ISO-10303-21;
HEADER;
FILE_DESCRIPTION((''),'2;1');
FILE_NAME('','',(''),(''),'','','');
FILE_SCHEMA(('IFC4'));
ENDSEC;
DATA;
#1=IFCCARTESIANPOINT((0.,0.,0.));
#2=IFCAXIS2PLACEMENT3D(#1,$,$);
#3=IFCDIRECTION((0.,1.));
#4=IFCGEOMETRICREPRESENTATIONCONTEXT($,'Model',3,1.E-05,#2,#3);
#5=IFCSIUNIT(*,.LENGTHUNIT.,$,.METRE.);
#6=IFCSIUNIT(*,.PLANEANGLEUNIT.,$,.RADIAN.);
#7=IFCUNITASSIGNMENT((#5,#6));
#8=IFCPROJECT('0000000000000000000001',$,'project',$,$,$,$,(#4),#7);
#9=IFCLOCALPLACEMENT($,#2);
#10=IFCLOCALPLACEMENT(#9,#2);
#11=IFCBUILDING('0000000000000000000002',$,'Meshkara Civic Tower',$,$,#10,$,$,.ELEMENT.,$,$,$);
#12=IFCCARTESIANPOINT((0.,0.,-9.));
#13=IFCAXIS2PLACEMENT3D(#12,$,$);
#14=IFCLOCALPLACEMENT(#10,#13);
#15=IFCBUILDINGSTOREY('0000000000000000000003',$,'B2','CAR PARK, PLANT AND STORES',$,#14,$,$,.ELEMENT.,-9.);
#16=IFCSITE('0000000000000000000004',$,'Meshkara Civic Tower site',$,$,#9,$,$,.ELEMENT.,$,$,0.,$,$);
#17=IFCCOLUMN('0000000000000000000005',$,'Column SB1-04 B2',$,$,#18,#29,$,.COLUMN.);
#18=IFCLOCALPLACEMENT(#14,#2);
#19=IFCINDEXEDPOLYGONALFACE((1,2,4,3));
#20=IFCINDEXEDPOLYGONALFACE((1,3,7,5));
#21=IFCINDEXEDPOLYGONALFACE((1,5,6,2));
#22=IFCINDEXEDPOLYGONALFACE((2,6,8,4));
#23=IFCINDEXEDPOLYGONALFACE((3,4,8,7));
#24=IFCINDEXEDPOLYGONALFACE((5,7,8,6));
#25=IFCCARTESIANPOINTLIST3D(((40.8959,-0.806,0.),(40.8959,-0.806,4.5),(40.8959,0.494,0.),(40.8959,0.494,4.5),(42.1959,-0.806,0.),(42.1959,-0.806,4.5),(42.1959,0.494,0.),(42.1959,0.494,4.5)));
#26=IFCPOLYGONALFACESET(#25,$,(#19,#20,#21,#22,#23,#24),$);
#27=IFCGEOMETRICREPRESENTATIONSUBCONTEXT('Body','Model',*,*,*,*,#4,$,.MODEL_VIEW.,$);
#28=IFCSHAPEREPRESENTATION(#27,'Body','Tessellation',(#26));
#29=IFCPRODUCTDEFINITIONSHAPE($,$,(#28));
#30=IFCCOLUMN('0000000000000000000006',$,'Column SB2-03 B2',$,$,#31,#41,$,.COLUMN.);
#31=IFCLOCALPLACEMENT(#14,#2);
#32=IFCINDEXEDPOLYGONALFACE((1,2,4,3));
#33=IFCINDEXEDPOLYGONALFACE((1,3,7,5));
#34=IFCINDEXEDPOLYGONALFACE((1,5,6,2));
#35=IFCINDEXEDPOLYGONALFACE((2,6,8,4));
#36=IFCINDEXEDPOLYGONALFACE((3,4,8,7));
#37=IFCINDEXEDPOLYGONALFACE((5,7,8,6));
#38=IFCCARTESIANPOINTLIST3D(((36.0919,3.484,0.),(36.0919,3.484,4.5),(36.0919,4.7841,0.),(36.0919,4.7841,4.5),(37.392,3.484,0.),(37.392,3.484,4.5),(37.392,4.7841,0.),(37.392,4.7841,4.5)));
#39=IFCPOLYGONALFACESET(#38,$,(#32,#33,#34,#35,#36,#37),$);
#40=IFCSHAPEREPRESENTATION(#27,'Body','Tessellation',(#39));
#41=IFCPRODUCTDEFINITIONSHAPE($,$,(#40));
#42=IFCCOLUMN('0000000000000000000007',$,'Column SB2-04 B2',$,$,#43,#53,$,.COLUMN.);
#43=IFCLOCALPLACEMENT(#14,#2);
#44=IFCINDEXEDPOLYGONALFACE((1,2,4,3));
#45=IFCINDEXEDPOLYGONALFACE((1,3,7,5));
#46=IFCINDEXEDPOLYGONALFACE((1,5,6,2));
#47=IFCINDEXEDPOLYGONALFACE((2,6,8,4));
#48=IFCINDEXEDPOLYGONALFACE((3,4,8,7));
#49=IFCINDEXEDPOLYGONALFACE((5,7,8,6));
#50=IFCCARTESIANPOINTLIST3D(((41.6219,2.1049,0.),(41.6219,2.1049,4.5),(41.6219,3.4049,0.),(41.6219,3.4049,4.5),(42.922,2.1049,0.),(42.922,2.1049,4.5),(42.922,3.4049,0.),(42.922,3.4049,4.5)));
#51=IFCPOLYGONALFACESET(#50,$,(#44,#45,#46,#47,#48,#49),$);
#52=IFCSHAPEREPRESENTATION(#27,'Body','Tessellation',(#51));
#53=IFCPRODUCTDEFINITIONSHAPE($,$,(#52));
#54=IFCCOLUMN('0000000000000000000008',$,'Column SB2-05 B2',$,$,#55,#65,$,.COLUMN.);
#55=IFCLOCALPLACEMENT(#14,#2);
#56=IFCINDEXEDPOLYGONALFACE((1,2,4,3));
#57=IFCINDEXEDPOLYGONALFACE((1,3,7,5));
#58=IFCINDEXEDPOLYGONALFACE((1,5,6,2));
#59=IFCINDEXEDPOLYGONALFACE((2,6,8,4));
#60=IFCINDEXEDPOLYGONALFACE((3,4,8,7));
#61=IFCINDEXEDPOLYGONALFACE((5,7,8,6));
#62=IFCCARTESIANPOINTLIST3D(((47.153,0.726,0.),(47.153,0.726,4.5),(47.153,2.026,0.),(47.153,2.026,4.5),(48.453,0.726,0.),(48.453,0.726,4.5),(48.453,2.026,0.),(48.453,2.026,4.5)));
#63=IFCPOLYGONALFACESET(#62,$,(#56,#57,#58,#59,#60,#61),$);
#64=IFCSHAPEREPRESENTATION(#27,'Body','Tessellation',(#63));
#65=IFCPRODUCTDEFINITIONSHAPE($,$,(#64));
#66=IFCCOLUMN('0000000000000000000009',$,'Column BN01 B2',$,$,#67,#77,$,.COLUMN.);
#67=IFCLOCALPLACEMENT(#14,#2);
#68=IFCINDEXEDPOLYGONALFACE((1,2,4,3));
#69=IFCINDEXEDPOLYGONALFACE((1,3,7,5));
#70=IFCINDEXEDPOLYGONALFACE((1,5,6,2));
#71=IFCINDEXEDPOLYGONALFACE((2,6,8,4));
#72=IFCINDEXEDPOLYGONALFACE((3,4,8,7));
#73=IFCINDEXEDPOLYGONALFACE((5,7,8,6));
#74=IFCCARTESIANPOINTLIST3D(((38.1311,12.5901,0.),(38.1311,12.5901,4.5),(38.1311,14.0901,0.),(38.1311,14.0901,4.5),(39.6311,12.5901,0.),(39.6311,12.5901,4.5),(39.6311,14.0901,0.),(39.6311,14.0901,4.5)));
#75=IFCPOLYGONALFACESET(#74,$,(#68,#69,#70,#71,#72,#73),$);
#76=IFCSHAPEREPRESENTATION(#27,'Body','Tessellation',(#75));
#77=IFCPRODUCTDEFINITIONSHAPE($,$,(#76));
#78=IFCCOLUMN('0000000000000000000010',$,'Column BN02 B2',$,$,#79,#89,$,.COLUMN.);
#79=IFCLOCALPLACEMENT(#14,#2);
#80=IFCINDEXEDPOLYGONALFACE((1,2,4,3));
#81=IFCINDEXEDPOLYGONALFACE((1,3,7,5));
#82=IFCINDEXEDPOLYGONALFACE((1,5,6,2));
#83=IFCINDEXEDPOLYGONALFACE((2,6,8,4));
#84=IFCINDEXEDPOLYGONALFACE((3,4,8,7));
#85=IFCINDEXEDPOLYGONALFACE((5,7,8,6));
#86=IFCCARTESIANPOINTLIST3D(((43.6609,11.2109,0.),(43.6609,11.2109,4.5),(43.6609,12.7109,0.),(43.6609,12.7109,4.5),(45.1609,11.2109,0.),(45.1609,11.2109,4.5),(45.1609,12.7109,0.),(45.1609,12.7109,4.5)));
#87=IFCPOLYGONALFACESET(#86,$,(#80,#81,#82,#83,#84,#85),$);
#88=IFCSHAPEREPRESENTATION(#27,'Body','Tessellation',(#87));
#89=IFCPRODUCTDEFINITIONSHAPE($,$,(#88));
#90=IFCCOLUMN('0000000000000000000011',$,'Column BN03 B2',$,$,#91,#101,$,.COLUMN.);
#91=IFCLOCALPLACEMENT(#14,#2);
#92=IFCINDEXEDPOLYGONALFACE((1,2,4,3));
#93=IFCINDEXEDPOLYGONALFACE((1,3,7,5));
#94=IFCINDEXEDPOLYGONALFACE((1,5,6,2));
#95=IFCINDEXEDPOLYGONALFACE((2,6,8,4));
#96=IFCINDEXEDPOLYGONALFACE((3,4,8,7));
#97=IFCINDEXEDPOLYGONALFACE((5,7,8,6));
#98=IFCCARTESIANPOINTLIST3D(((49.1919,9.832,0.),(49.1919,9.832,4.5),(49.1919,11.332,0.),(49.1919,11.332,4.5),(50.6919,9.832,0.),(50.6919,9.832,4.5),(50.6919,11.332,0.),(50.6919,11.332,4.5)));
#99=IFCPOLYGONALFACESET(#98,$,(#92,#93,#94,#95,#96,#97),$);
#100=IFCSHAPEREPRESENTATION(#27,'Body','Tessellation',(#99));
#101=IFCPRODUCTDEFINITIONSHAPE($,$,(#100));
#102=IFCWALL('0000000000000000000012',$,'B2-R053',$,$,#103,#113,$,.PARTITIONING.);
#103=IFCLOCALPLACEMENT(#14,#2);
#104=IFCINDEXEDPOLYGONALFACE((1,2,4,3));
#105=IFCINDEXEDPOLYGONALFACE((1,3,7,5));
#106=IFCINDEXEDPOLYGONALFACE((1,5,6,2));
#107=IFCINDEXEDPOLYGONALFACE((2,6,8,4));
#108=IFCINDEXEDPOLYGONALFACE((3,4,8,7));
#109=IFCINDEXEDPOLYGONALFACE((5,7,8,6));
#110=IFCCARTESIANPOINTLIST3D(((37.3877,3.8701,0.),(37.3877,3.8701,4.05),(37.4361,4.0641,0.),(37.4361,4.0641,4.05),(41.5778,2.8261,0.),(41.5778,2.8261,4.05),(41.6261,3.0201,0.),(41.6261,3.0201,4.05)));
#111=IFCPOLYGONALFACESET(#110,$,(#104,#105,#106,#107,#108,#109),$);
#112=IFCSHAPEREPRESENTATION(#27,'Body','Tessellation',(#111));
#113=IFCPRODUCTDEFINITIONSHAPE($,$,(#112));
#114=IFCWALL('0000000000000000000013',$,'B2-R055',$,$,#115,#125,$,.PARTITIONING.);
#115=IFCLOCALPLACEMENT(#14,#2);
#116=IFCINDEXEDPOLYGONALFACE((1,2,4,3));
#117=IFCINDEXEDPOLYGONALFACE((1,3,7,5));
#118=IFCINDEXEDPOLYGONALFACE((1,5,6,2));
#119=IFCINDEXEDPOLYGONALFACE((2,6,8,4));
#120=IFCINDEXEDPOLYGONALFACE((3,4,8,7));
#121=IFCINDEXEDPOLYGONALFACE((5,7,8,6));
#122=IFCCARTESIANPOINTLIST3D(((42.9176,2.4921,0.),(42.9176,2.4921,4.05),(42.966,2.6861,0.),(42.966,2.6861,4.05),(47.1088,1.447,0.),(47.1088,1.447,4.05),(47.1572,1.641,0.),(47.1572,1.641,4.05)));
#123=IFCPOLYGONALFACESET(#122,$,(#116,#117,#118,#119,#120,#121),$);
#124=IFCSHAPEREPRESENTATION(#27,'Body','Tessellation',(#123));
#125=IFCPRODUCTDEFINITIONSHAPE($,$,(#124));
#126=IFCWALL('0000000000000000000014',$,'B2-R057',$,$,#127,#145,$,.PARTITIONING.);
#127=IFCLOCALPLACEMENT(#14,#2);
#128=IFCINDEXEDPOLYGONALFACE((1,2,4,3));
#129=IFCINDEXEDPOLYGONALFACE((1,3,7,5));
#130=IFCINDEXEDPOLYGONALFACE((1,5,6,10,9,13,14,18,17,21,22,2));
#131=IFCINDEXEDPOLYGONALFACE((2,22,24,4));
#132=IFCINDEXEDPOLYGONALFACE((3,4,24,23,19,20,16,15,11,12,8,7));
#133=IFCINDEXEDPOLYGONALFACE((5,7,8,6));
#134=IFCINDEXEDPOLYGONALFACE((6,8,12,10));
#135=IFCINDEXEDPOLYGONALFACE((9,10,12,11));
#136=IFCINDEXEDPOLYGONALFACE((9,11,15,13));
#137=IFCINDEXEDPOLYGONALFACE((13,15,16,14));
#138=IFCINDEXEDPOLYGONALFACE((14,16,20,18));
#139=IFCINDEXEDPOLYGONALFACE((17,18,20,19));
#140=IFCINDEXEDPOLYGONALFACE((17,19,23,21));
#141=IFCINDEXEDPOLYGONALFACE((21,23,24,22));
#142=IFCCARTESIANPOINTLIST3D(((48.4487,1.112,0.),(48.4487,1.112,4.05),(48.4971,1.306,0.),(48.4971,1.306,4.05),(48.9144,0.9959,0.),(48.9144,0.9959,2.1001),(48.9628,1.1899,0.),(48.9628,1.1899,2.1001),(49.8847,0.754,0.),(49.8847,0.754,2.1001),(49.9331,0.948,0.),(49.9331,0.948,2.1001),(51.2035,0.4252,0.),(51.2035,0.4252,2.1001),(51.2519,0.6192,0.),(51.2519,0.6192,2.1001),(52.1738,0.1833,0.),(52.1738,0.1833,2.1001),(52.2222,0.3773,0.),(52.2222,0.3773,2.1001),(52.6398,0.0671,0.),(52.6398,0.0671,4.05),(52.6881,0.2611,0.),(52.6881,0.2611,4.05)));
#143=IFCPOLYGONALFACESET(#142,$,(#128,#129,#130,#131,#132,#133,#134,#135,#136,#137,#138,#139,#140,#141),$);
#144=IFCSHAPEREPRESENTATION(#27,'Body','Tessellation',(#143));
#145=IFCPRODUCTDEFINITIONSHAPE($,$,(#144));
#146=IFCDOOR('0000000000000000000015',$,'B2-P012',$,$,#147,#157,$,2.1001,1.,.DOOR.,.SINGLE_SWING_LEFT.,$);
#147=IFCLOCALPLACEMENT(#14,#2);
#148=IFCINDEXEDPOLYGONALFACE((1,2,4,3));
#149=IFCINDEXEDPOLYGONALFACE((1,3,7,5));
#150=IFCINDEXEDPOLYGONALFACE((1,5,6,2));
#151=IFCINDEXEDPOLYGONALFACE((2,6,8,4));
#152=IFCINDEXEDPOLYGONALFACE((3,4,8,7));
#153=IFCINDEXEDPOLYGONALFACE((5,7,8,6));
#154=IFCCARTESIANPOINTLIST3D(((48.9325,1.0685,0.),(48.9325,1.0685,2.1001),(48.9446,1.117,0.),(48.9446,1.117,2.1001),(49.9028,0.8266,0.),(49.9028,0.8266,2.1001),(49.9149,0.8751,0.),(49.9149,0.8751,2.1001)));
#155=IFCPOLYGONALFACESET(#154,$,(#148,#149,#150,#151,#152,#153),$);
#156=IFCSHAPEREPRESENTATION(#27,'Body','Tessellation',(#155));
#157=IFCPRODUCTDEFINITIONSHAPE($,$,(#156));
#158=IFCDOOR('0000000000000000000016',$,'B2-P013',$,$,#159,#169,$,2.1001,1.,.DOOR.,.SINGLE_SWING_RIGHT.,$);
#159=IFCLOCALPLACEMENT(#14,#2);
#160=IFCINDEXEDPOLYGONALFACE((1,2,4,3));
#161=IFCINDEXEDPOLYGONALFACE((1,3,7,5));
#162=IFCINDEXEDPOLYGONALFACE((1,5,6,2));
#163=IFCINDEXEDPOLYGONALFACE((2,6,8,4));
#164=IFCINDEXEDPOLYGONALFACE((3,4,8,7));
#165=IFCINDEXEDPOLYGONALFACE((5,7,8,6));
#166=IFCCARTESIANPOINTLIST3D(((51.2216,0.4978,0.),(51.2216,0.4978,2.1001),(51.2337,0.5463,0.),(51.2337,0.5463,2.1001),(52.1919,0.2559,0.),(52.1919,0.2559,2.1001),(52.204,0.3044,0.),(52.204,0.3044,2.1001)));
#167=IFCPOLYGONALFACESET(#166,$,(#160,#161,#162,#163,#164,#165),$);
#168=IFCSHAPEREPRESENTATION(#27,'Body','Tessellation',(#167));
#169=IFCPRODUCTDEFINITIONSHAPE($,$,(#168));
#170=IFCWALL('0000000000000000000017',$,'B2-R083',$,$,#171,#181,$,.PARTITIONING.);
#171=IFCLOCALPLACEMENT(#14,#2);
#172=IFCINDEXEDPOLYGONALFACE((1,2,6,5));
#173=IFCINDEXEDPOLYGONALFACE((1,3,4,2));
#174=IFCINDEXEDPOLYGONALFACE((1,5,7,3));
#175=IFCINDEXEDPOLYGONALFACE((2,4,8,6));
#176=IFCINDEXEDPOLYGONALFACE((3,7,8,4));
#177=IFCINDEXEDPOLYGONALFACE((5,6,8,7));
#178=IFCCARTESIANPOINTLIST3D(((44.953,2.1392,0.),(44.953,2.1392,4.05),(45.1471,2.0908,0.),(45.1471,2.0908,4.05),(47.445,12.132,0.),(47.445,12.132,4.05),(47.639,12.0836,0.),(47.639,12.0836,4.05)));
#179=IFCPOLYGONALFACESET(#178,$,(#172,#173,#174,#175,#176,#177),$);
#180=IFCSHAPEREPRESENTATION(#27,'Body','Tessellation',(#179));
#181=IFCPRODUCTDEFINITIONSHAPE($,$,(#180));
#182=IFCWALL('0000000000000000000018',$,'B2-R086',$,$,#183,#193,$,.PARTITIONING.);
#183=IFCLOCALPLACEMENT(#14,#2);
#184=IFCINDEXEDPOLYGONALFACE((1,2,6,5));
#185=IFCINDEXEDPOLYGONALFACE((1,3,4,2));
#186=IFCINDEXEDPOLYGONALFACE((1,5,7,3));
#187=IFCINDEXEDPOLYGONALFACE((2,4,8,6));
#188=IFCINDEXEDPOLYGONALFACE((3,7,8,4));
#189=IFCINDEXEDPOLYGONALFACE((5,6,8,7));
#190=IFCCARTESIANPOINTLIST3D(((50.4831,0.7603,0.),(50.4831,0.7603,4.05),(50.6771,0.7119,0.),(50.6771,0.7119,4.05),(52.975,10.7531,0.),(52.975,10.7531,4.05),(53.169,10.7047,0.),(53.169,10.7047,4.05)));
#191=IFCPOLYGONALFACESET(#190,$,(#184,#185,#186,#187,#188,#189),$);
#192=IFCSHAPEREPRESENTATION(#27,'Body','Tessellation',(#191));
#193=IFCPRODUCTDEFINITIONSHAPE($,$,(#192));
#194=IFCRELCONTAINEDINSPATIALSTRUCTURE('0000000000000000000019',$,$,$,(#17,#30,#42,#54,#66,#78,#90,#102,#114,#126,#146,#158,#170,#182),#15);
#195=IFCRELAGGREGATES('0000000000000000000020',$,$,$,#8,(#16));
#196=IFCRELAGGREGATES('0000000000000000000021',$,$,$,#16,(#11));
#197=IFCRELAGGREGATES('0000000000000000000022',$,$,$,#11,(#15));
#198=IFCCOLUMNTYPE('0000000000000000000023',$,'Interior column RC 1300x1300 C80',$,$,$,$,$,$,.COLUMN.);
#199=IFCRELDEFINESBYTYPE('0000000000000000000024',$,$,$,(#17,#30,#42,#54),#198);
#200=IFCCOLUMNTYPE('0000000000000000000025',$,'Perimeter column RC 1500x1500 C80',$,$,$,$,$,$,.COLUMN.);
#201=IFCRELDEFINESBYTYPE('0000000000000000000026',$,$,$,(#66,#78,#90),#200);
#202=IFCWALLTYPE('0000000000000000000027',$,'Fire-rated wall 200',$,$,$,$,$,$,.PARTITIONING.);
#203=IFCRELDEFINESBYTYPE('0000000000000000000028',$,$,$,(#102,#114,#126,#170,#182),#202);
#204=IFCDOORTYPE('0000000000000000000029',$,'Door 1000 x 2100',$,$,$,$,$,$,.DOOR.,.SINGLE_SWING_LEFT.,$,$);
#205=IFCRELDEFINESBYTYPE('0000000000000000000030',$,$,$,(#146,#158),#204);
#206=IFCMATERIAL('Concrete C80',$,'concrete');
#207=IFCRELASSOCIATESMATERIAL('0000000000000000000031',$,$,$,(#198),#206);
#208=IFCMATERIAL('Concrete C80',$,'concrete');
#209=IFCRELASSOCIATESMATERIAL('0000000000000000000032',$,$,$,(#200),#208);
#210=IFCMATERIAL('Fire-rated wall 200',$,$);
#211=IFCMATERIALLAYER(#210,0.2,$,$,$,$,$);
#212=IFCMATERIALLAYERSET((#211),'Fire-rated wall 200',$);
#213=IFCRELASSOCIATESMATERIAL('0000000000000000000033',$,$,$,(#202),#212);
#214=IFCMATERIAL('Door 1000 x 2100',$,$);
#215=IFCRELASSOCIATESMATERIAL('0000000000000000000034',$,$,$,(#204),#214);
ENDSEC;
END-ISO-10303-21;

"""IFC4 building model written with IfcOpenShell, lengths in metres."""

from ifc_helpers import new_model, si_unit, direction, frame, frame_2d, origin, origin_2d, place, context, subcontext, project, spatial, rectangle, extrude, material, layer, layer_set, material_profile, profile_set, type_object, element, fill, save


model = new_model("IFC4")

# Units and contexts
model_context = context("Model", 3, precision=1e-05, world=origin(), true_north=direction((0.0, 1.0)))
body_context = subcontext(model_context, "Body", "Model", "MODEL_VIEW")
ifc_project = project(units=[si_unit("LENGTHUNIT", "METRE"), si_unit("PLANEANGLEUNIT", "RADIAN")], contexts=[model_context])

# Site, building, storey
site_placement = place(None, origin())
site = spatial("IfcSite", under=ifc_project, at=site_placement, Name="Meshkara Civic Tower site", CompositionType="ELEMENT", RefElevation=0.0)
building_placement = place(site_placement, origin())
building = spatial("IfcBuilding", under=site, at=building_placement, Name="Meshkara Civic Tower", CompositionType="ELEMENT")
storey_placement = place(building_placement, frame((0.0, 0.0, -9.0)))
storey = spatial("IfcBuildingStorey", under=building, at=storey_placement, Name="B2", Description="CAR PARK, PLANT AND STORES", CompositionType="ELEMENT", Elevation=-9.0)

# Columns
ifc_material_1 = material(Name="Concrete C80", Category="concrete")
ifc_material_profile_1 = material_profile(ifc_material_1, rectangle(XDim=1.3, YDim=1.3, at=origin_2d()))
ifc_profile_set_1 = profile_set([ifc_material_profile_1], Name="Concrete C80")
column_type_1 = type_object("IfcColumnType", Name="Interior column RC 1300x1300 C80", PredefinedType="COLUMN", material=ifc_profile_set_1)
for number, where, z_axis, x_axis, name in (
    (1, (41.5459, -0.156, 0.0), (0.0, 0.0, 1.0), (1.0, 0.0, 0.0), "Column SB1-04 B2"),
    (2, (36.7419, 4.134, 0.0), (0.0, 0.0, 1.0), (1.0, 0.0, 0.0), "Column SB2-03 B2"),
    (3, (42.272, 2.7549, 0.0), (0.0, 0.0, 1.0), (1.0, 0.0, 0.0), "Column SB2-04 B2"),
    (4, (47.803, 1.376, 0.0), (0.0, 0.0, 1.0), (1.0, 0.0, 0.0), "Column SB2-05 B2"),
):
    element("IfcColumn", number, at=place(storey_placement, frame(where, z_axis=z_axis, x_axis=x_axis)), inside=storey, type_object=column_type_1, Name=name, PredefinedType="COLUMN", context=body_context, shape_type="SweptSolid", body=[
        extrude(rectangle(XDim=1.3, YDim=1.3, at=origin_2d()), origin(), (0.0, 0.0, 1.0), 4.5),
    ])
ifc_material_2 = material(Name="Concrete C80", Category="concrete")
ifc_material_profile_2 = material_profile(ifc_material_2, rectangle(XDim=1.5, YDim=1.5, at=origin_2d()))
ifc_profile_set_2 = profile_set([ifc_material_profile_2], Name="Concrete C80")
column_type_2 = type_object("IfcColumnType", Name="Perimeter column RC 1500x1500 C80", PredefinedType="COLUMN", material=ifc_profile_set_2)
for number, where, z_axis, x_axis, name in (
    (5, (38.8811, 13.3401, 0.0), (0.0, 0.0, 1.0), (1.0, 0.0, 0.0), "Column BN01 B2"),
    (6, (44.4109, 11.9609, 0.0), (0.0, 0.0, 1.0), (1.0, 0.0, 0.0), "Column BN02 B2"),
    (7, (49.9419, 10.582, 0.0), (0.0, 0.0, 1.0), (1.0, 0.0, 0.0), "Column BN03 B2"),
):
    element("IfcColumn", number, at=place(storey_placement, frame(where, z_axis=z_axis, x_axis=x_axis)), inside=storey, type_object=column_type_2, Name=name, PredefinedType="COLUMN", context=body_context, shape_type="SweptSolid", body=[
        extrude(rectangle(XDim=1.5, YDim=1.5, at=origin_2d()), origin(), (0.0, 0.0, 1.0), 4.5),
    ])

# Walls
ifc_material_3 = material(Name="Fire-rated wall 200")
ifc_layer = layer(ifc_material_3, 0.2)
ifc_layer_set = layer_set([ifc_layer], Name="Fire-rated wall 200")
wall_type = type_object("IfcWallType", Name="Fire-rated wall 200", PredefinedType="PARTITIONING", material=ifc_layer_set)
wall_1_placement = place(storey_placement, frame((41.6021, 2.9231, 0.0), z_axis=(0.0, 0.0, 1.0), x_axis=(-0.970335, 0.241764, 0.0)))
element("IfcWall", 8, at=wall_1_placement, inside=storey, type_object=wall_type, Name="B2-R053", PredefinedType="PARTITIONING", context=body_context, shape_type="SweptSolid", body=[
    extrude(rectangle(XDim=4.3181, YDim=0.2, at=frame_2d((2.1592, 0.0))), origin(), (0.0, 0.0, 1.0), 4.05),
])
wall_2_placement = place(storey_placement, frame((42.9419, 2.5891, 0.0), z_axis=(0.0, 0.0, 1.0), x_axis=(0.970285, -0.241964, 0.0)))
element("IfcWall", 9, at=wall_2_placement, inside=storey, type_object=wall_type, Name="B2-R055", PredefinedType="PARTITIONING", context=body_context, shape_type="SweptSolid", body=[
    extrude(rectangle(XDim=4.3196, YDim=0.2, at=frame_2d((2.1597, 0.0))), origin(), (0.0, 0.0, 1.0), 4.05),
])

# Wall, openings, doors
wall_3_placement = place(storey_placement, frame((48.4729, 1.209, 0.0), z_axis=(0.0, 0.0, 1.0), x_axis=(0.970299, -0.241911, 0.0)))
wall_3 = element("IfcWall", 10, at=wall_3_placement, inside=storey, type_object=wall_type, Name="B2-R057", PredefinedType="PARTITIONING", context=body_context, shape_type="SweptSolid", body=[
    extrude(rectangle(XDim=4.3193, YDim=0.2, at=frame_2d((2.1597, 0.0))), origin(), (0.0, 0.0, 1.0), 4.05),
])
opening_1_placement = place(wall_3_placement, frame((0.48, 0.0, 0.0)))
opening_1 = element("IfcOpeningElement", 11, at=opening_1_placement, cuts=wall_3, PredefinedType="OPENING", context=body_context, shape_type="SweptSolid", body=[
    extrude(rectangle(XDim=1.0, YDim=2.1001, at=frame_2d((0.5, 1.05))), frame((0.0, 0.1099, 0.0), z_axis=(0.0, -1.0, 0.0), x_axis=(1.0, 0.0, 0.0)), (0.0, 0.0, 1.0), 0.22),
])
opening_2_placement = place(wall_3_placement, frame((2.8391, 0.0, 0.0)))
opening_2 = element("IfcOpeningElement", 12, at=opening_2_placement, cuts=wall_3, PredefinedType="OPENING", context=body_context, shape_type="SweptSolid", body=[
    extrude(rectangle(XDim=1.0, YDim=2.1001, at=frame_2d((0.5, 1.05))), frame((0.0, 0.1099, 0.0), z_axis=(0.0, -1.0, 0.0), x_axis=(1.0, 0.0, 0.0)), (0.0, 0.0, 1.0), 0.22),
])
ifc_material_4 = material(Name="Door 1000 x 2100")
door_type = type_object("IfcDoorType", Name="Door 1000 x 2100", OperationType="SINGLE_SWING_LEFT", PredefinedType="DOOR", material=ifc_material_4)
door_1_placement = place(opening_1_placement, origin())
door_1 = element("IfcDoor", 13, at=door_1_placement, inside=storey, type_object=door_type, Name="B2-P012", OperationType="SINGLE_SWING_LEFT", OverallHeight=2.1001, OverallWidth=1.0, PredefinedType="DOOR", context=body_context, shape_type="SweptSolid", body=[
    extrude(rectangle(XDim=1.0, YDim=2.1001, at=frame_2d((0.5, 1.05))), frame((0.0, 0.0249, 0.0), z_axis=(0.0, -1.0, 0.0), x_axis=(1.0, 0.0, 0.0)), (0.0, 0.0, 1.0), 0.05),
])
fill(opening_1, door_1)
door_2_placement = place(opening_2_placement, origin())
door_2 = element("IfcDoor", 14, at=door_2_placement, inside=storey, type_object=door_type, Name="B2-P013", OperationType="SINGLE_SWING_RIGHT", OverallHeight=2.1001, OverallWidth=1.0, PredefinedType="DOOR", context=body_context, shape_type="SweptSolid", body=[
    extrude(rectangle(XDim=1.0, YDim=2.1001, at=frame_2d((0.5, 1.05))), frame((0.0, 0.0249, 0.0), z_axis=(0.0, -1.0, 0.0), x_axis=(1.0, 0.0, 0.0)), (0.0, 0.0, 1.0), 0.05),
])
fill(opening_2, door_2)

# Walls
for number, where, z_axis, x_axis, name in (
    (15, (45.05, 2.115, 0.0), (0.0, 0.0, 1.0), (0.241961, 0.970286, 0.0), "B2-R083"),
    (16, (50.5801, 0.7361, 0.0), (0.0, 0.0, 1.0), (0.241961, 0.970286, 0.0), "B2-R086"),
):
    element("IfcWall", number, at=place(storey_placement, frame(where, z_axis=z_axis, x_axis=x_axis)), inside=storey, type_object=wall_type, Name=name, PredefinedType="PARTITIONING", context=body_context, shape_type="SweptSolid", body=[
        extrude(rectangle(XDim=10.2988, YDim=0.2, at=frame_2d((5.1494, 0.0))), origin(), (0.0, 0.0, 1.0), 4.05),
    ])

save(model, "model.ifc")
